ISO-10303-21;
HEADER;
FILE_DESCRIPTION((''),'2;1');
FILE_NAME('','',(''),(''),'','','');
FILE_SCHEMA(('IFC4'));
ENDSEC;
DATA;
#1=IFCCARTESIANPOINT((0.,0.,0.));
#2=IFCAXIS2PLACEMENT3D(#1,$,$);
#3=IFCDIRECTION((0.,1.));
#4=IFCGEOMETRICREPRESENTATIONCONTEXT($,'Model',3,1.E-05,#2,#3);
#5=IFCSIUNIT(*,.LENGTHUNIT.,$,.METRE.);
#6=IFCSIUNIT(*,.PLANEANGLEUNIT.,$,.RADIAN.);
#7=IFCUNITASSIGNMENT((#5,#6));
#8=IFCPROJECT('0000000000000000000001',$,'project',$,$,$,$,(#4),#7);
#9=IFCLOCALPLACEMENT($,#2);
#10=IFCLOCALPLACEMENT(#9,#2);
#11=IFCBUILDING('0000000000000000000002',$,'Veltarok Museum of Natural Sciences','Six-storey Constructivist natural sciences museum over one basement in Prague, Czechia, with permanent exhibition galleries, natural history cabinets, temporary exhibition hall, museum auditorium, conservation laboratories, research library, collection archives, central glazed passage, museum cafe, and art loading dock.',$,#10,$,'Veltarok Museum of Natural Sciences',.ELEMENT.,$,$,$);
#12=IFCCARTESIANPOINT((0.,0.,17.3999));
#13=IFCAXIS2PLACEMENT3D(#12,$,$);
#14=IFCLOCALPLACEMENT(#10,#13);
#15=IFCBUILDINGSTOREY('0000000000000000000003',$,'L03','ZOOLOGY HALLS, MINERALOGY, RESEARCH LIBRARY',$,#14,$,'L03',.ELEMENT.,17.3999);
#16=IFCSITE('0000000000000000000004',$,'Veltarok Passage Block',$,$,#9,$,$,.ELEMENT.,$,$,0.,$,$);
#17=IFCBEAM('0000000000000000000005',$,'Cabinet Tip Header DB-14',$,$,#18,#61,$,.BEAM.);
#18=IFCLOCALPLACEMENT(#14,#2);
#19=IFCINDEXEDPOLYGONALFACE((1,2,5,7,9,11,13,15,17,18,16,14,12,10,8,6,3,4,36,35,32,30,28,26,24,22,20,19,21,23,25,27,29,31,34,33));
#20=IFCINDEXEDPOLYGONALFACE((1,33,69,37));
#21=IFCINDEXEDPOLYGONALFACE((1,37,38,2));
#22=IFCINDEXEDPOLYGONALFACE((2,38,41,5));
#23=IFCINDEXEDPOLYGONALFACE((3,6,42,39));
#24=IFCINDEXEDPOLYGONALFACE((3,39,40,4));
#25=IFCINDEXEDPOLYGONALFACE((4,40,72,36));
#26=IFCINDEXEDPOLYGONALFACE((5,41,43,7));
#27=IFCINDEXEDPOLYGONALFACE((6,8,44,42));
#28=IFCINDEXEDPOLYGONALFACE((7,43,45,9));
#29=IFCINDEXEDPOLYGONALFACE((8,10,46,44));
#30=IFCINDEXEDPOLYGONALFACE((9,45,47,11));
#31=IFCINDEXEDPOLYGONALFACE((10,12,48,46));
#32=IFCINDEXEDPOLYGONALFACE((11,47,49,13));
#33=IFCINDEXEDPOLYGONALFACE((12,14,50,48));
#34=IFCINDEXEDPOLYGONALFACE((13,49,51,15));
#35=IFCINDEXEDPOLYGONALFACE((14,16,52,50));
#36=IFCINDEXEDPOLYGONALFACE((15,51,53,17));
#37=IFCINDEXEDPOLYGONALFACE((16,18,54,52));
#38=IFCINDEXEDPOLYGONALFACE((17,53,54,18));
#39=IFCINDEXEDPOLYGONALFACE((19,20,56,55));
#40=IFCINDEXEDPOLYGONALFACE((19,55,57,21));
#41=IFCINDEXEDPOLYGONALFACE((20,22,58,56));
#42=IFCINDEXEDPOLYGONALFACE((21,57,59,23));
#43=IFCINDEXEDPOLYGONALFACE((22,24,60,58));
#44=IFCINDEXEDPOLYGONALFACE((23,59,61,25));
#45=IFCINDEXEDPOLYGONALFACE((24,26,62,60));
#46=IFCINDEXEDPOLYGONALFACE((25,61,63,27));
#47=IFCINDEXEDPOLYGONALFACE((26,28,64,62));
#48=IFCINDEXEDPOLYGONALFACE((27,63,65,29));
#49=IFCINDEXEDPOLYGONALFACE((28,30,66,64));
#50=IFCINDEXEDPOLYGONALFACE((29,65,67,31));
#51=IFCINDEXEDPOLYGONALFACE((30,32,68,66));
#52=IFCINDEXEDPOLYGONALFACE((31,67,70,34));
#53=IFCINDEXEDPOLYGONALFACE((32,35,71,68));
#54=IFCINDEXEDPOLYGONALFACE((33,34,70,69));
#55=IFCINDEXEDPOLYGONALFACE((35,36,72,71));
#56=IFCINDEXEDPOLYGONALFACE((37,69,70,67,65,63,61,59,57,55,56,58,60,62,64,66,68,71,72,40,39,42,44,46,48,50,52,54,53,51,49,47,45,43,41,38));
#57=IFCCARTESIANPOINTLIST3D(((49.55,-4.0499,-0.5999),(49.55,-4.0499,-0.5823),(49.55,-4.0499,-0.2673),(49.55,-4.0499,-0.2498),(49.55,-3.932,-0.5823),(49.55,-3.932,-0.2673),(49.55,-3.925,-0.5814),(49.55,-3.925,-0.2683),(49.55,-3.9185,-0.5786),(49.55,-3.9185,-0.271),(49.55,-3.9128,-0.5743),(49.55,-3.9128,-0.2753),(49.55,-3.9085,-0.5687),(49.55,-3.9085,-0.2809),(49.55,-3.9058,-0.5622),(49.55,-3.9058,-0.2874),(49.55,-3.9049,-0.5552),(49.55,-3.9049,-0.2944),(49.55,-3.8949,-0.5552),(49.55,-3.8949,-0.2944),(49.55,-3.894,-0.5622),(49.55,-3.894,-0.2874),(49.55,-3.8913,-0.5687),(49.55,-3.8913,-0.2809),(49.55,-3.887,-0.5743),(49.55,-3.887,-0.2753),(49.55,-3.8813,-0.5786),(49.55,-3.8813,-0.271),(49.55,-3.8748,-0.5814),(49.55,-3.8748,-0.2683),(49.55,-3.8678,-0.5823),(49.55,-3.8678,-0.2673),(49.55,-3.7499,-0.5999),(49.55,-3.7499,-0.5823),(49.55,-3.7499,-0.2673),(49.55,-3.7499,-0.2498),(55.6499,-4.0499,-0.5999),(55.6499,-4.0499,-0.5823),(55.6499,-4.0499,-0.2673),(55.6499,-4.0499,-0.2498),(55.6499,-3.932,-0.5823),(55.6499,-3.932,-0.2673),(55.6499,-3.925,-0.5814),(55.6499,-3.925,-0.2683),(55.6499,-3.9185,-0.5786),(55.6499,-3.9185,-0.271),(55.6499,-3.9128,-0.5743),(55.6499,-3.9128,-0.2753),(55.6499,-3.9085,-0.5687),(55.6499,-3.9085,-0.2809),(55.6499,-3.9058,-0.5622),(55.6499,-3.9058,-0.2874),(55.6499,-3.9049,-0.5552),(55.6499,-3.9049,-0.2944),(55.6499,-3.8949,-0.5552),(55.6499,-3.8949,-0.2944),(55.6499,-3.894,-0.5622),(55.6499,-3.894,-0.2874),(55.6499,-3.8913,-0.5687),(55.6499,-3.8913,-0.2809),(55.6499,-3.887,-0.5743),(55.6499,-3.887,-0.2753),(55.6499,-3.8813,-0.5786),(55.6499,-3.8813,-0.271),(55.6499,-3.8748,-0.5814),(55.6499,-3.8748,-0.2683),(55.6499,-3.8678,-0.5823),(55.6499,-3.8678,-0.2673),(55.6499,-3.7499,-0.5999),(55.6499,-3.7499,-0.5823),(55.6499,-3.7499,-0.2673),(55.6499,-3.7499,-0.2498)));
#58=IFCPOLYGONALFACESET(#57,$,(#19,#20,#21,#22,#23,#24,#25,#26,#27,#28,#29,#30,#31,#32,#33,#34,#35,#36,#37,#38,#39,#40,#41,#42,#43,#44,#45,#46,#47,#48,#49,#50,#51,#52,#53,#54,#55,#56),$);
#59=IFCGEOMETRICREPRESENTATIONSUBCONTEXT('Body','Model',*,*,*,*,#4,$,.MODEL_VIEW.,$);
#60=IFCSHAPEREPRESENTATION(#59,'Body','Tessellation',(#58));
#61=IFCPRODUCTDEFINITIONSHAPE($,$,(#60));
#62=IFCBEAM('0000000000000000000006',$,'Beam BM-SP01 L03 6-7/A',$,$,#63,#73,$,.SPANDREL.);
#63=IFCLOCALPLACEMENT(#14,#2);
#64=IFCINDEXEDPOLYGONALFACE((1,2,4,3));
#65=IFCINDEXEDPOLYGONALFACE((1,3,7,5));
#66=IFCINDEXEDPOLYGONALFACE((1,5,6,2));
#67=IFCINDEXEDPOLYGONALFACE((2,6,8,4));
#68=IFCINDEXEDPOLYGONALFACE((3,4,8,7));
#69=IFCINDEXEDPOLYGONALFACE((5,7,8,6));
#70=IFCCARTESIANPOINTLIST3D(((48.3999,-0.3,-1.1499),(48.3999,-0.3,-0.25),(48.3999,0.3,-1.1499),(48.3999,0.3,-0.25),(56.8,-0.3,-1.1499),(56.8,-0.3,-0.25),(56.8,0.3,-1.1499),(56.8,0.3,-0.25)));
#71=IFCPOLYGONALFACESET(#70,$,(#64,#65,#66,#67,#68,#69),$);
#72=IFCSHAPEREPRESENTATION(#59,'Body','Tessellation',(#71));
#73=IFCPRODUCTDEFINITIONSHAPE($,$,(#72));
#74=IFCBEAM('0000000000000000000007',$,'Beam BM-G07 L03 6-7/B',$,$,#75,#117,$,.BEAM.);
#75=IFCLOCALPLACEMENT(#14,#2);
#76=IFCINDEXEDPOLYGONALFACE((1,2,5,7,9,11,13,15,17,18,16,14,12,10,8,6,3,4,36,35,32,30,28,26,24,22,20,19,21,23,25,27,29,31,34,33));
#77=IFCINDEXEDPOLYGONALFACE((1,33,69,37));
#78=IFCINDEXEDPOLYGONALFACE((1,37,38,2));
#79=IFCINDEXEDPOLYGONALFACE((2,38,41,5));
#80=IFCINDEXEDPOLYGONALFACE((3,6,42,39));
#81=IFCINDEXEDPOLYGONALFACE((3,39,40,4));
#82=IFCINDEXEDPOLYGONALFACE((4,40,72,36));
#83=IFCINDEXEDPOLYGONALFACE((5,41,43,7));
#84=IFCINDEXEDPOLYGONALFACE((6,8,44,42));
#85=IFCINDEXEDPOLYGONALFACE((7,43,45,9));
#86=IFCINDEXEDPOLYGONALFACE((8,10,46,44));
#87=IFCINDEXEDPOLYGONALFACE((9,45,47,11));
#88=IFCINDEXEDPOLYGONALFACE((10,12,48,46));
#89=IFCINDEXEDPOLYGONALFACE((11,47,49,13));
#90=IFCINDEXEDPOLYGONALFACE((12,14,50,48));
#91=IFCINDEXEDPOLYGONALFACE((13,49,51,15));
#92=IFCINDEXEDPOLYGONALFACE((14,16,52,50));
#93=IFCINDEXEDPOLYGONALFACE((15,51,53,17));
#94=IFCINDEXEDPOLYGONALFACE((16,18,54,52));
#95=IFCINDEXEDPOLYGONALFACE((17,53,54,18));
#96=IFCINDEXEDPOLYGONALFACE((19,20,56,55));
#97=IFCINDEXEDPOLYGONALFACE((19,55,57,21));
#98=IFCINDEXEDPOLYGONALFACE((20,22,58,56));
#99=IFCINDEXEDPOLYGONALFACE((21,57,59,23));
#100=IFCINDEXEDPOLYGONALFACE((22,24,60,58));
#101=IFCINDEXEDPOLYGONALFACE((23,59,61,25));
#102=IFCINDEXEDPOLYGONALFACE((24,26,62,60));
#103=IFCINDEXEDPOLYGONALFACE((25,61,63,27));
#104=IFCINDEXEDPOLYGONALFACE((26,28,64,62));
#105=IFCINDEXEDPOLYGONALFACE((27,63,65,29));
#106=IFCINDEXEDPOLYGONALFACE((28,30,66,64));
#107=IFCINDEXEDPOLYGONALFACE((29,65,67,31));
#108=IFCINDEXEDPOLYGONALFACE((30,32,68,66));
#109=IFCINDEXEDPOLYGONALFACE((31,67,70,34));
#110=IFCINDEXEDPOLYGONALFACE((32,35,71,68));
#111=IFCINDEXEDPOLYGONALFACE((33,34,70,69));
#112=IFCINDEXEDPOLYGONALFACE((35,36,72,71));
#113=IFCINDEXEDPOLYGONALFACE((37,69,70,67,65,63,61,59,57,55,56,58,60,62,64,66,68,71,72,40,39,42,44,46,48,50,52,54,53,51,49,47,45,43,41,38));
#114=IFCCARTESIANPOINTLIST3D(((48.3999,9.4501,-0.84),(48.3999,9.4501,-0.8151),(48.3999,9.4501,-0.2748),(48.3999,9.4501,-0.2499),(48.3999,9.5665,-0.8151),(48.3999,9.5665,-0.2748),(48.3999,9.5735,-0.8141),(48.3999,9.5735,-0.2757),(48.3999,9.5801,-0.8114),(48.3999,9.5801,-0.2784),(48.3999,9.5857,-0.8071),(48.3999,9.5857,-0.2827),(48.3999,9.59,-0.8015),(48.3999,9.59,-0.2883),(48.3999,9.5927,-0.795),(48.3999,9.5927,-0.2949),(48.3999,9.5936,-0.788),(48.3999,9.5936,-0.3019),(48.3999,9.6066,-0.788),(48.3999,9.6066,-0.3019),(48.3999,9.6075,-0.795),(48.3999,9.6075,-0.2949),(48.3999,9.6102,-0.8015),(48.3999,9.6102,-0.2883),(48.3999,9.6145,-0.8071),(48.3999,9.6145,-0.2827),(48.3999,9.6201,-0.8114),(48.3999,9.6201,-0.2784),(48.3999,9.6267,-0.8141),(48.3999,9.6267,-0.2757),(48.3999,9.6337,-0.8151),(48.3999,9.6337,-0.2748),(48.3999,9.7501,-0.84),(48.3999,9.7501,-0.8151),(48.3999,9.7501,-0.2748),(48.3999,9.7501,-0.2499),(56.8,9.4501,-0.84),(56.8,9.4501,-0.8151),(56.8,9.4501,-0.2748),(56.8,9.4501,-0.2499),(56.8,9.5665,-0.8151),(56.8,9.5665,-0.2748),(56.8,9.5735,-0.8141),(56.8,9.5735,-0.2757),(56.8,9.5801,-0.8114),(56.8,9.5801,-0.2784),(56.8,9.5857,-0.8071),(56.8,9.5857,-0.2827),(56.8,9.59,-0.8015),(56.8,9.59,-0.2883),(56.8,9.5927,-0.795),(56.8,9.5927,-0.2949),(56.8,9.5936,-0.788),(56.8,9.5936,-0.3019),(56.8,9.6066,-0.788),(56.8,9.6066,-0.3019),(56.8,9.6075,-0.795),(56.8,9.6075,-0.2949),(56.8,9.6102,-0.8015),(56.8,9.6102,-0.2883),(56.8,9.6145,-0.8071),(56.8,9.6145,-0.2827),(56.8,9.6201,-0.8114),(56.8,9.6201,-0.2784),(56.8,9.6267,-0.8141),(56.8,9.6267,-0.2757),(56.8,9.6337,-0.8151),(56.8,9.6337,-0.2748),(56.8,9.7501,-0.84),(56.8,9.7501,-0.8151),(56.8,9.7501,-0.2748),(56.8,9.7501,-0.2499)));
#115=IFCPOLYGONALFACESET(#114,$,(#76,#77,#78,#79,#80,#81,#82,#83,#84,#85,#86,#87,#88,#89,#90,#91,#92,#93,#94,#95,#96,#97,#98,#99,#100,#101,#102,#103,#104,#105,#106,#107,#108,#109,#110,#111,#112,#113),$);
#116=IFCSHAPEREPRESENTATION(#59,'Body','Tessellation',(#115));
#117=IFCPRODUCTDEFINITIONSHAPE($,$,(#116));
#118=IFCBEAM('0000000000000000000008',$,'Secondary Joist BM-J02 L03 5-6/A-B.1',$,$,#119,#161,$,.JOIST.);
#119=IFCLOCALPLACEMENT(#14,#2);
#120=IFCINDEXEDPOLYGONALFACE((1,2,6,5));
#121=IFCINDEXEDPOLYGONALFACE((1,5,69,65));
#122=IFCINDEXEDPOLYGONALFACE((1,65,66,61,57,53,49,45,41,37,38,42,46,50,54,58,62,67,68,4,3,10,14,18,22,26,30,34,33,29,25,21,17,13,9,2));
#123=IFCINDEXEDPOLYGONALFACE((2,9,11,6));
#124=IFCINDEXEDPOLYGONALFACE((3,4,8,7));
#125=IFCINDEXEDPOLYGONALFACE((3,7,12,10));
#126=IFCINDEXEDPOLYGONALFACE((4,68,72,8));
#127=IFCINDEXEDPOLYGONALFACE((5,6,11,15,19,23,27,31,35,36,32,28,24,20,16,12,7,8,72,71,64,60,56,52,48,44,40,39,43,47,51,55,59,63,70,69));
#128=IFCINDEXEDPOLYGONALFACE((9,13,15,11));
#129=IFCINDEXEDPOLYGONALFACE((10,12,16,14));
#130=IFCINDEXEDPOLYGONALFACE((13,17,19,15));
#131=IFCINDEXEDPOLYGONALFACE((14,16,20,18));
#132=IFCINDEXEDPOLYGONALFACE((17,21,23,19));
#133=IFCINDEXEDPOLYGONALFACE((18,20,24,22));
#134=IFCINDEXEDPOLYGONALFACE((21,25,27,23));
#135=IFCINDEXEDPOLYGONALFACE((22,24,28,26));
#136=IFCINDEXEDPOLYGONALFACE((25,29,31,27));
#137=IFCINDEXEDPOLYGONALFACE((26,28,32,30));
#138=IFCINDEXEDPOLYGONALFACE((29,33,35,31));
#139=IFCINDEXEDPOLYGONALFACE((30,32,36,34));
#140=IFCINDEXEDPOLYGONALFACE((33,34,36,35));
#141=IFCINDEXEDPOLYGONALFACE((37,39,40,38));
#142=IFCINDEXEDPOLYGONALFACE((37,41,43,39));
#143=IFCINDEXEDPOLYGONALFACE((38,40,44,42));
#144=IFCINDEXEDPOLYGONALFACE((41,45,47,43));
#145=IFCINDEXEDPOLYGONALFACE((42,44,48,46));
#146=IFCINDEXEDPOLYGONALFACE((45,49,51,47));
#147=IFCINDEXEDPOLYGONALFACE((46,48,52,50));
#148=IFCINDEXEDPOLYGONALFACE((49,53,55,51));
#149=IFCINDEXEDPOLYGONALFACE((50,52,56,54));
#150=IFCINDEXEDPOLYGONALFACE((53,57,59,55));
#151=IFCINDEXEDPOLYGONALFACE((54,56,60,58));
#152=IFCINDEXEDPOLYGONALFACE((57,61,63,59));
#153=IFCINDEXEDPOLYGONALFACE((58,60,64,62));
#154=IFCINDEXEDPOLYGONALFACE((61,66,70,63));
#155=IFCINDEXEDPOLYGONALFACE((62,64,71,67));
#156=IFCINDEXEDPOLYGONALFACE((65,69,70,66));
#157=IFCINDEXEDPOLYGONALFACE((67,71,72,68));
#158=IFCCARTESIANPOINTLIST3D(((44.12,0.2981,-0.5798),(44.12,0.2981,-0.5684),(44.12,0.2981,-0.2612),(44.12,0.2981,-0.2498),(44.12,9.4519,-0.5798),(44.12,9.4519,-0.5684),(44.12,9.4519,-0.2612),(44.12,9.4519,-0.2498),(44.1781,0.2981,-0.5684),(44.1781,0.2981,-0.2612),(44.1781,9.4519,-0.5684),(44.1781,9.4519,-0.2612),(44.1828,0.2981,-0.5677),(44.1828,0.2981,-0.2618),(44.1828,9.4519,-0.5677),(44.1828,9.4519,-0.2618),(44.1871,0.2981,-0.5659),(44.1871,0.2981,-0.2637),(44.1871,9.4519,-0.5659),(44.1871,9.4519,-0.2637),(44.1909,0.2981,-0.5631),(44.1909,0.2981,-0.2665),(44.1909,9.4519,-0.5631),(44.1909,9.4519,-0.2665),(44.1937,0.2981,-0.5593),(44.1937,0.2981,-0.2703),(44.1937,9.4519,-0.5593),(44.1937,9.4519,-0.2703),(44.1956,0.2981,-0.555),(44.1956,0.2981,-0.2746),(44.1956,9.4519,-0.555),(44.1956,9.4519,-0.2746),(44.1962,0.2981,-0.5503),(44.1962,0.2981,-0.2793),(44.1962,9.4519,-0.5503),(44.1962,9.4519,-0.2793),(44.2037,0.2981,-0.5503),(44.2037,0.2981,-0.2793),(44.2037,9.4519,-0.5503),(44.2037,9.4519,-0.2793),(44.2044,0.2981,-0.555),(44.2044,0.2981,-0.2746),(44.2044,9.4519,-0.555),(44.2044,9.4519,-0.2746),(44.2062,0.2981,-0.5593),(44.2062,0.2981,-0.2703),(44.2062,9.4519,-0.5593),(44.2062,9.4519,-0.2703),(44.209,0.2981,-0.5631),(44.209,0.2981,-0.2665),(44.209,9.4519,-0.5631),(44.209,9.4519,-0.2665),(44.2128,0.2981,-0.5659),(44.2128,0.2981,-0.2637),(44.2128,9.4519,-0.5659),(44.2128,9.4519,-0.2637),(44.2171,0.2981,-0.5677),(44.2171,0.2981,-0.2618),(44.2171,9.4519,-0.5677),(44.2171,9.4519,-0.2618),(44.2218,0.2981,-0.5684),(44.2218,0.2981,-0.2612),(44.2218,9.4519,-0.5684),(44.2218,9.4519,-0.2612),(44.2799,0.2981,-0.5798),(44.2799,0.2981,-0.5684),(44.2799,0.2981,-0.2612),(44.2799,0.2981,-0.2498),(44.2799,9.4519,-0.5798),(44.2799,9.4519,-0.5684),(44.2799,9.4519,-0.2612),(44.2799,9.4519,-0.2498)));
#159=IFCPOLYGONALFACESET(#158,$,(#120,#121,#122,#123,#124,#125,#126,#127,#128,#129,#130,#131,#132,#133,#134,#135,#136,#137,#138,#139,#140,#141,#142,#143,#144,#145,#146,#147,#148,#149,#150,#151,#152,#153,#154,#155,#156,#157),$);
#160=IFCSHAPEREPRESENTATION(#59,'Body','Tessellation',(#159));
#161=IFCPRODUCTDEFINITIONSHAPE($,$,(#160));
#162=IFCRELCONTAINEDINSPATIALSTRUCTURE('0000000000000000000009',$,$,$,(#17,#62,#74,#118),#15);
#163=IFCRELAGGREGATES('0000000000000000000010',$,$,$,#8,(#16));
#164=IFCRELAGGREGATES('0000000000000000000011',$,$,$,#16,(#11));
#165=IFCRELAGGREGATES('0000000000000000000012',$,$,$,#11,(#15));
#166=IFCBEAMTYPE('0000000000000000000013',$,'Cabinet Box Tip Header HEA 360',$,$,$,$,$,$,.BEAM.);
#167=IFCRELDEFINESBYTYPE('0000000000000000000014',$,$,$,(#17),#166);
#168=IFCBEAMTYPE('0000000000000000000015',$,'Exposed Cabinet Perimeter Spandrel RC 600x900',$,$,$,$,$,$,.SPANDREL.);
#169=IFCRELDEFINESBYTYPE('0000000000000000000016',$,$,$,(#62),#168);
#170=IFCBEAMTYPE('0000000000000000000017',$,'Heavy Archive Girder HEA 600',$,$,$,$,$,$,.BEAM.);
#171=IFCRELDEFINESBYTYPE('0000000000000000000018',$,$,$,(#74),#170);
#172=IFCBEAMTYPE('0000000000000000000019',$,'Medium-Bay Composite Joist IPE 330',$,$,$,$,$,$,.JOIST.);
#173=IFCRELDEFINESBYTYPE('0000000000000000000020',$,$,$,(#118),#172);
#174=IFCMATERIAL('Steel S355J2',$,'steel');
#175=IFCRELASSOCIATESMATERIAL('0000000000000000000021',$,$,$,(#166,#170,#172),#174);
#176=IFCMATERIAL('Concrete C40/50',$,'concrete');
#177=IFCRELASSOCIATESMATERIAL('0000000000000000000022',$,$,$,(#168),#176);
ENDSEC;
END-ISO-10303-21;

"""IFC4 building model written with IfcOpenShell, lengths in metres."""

from ifc_helpers import new_model, si_unit, direction, frame, origin, origin_2d, place, context, subcontext, project, spatial, rectangle, i_section, extrude, material, material_profile, profile_set, type_object, element, save


model = new_model("IFC4")

# Units and contexts
model_context = context("Model", 3, precision=1e-05, world=origin(), true_north=direction((0.0, 1.0)))
body_context = subcontext(model_context, "Body", "Model", "MODEL_VIEW")
ifc_project = project(units=[si_unit("LENGTHUNIT", "METRE"), si_unit("PLANEANGLEUNIT", "RADIAN")], contexts=[model_context])

# Site, building, storey
site_placement = place(None, origin())
site = spatial("IfcSite", under=ifc_project, at=site_placement, Name="Veltarok Passage Block", CompositionType="ELEMENT", RefElevation=0.0)
building_placement = place(site_placement, origin())
building = spatial("IfcBuilding", under=site, at=building_placement, Name="Veltarok Museum of Natural Sciences", Description="Six-storey Constructivist natural sciences museum over one basement in Prague, Czechia, with permanent exhibition galleries, natural history cabinets, temporary exhibition hall, museum auditorium, conservation laboratories, research library, collection archives, central glazed passage, museum cafe, and art loading dock.", LongName="Veltarok Museum of Natural Sciences", CompositionType="ELEMENT")
storey_placement = place(building_placement, frame((0.0, 0.0, 17.3999)))
storey = spatial("IfcBuildingStorey", under=building, at=storey_placement, Name="L03", Description="ZOOLOGY HALLS, MINERALOGY, RESEARCH LIBRARY", LongName="L03", CompositionType="ELEMENT", Elevation=17.3999)

# Shared definitions
ifc_material_1 = material(Name="Concrete C40/50", Category="concrete")
ifc_material_2 = material(Name="Steel S355J2", Category="steel")

# Beams
ifc_material_profile_1 = material_profile(ifc_material_2, i_section(OverallWidth=0.3, OverallDepth=0.3501, WebThickness=0.01, FlangeThickness=0.0176, FilletRadius=0.0271, at=origin_2d()), Name="HEA 360")
ifc_profile_set_1 = profile_set([ifc_material_profile_1], Name="Steel S355J2")
beam_type_1 = type_object("IfcBeamType", Name="Cabinet Box Tip Header HEA 360", PredefinedType="BEAM", material=ifc_profile_set_1)
beam_1_placement = place(storey_placement, frame((49.55, -3.8999, -0.4248), z_axis=(1.0, 0.0, 0.0), x_axis=(0.0, 1.0, 0.0)))
element("IfcBeam", 1, at=beam_1_placement, inside=storey, type_object=beam_type_1, Name="Cabinet Tip Header DB-14", PredefinedType="BEAM", context=body_context, shape_type="SweptSolid", body=[
    extrude(i_section(OverallWidth=0.3, OverallDepth=0.3501, WebThickness=0.01, FlangeThickness=0.0176, FilletRadius=0.0271, at=origin_2d()), origin(), (0.0, 0.0, 1.0), 6.0999),
])
ifc_material_profile_2 = material_profile(ifc_material_1, rectangle(XDim=0.6001, YDim=0.8999, at=origin_2d()), Name="RC 600x900")
ifc_profile_set_2 = profile_set([ifc_material_profile_2], Name="Concrete C40/50")
beam_type_2 = type_object("IfcBeamType", Name="Exposed Cabinet Perimeter Spandrel RC 600x900", PredefinedType="SPANDREL", material=ifc_profile_set_2)
beam_2_placement = place(storey_placement, frame((48.3999, 0.0, -0.7), z_axis=(1.0, 0.0, 0.0), x_axis=(0.0, 1.0, 0.0)))
element("IfcBeam", 2, at=beam_2_placement, inside=storey, type_object=beam_type_2, Name="Beam BM-SP01 L03 6-7/A", PredefinedType="SPANDREL", context=body_context, shape_type="SweptSolid", body=[
    extrude(rectangle(XDim=0.6001, YDim=0.8999, at=origin_2d()), origin(), (0.0, 0.0, 1.0), 8.4001),
])
ifc_material_profile_3 = material_profile(ifc_material_2, i_section(OverallWidth=0.3, OverallDepth=0.5901, WebThickness=0.0129, FlangeThickness=0.0249, FilletRadius=0.0271, at=origin_2d()), Name="HEA 600")
ifc_profile_set_3 = profile_set([ifc_material_profile_3], Name="Steel S355J2")
beam_type_3 = type_object("IfcBeamType", Name="Heavy Archive Girder HEA 600", PredefinedType="BEAM", material=ifc_profile_set_3)
beam_3_placement = place(storey_placement, frame((48.3999, 9.6001, -0.5449), z_axis=(1.0, 0.0, 0.0), x_axis=(0.0, 1.0, 0.0)))
element("IfcBeam", 3, at=beam_3_placement, inside=storey, type_object=beam_type_3, Name="Beam BM-G07 L03 6-7/B", PredefinedType="BEAM", context=body_context, shape_type="SweptSolid", body=[
    extrude(i_section(OverallWidth=0.3, OverallDepth=0.5901, WebThickness=0.0129, FlangeThickness=0.0249, FilletRadius=0.0271, at=origin_2d()), origin(), (0.0, 0.0, 1.0), 8.4001),
])
ifc_material_profile_4 = material_profile(ifc_material_2, i_section(OverallWidth=0.1599, OverallDepth=0.3301, WebThickness=0.0076, FlangeThickness=0.0115, FilletRadius=0.0181, at=origin_2d()), Name="IPE 330")
ifc_profile_set_4 = profile_set([ifc_material_profile_4], Name="Steel S355J2")
beam_type_4 = type_object("IfcBeamType", Name="Medium-Bay Composite Joist IPE 330", PredefinedType="JOIST", material=ifc_profile_set_4)
for number, where, z_axis, x_axis, name in (
    (4, (44.2, 0.2981, -0.4148), (0.0, 1.0, 0.0), (-1.0, 0.0, 0.0), "Secondary Joist BM-J02 L03 5-6/A-B.1"),
):
    element("IfcBeam", number, at=place(storey_placement, frame(where, z_axis=z_axis, x_axis=x_axis)), inside=storey, type_object=beam_type_4, Name=name, PredefinedType="JOIST", context=body_context, shape_type="SweptSolid", body=[
        extrude(i_section(OverallWidth=0.1599, OverallDepth=0.3301, WebThickness=0.0076, FlangeThickness=0.0115, FilletRadius=0.0181, at=origin_2d()), origin(), (0.0, 0.0, 1.0), 9.1538),
    ])

save(model, "model.ifc")
